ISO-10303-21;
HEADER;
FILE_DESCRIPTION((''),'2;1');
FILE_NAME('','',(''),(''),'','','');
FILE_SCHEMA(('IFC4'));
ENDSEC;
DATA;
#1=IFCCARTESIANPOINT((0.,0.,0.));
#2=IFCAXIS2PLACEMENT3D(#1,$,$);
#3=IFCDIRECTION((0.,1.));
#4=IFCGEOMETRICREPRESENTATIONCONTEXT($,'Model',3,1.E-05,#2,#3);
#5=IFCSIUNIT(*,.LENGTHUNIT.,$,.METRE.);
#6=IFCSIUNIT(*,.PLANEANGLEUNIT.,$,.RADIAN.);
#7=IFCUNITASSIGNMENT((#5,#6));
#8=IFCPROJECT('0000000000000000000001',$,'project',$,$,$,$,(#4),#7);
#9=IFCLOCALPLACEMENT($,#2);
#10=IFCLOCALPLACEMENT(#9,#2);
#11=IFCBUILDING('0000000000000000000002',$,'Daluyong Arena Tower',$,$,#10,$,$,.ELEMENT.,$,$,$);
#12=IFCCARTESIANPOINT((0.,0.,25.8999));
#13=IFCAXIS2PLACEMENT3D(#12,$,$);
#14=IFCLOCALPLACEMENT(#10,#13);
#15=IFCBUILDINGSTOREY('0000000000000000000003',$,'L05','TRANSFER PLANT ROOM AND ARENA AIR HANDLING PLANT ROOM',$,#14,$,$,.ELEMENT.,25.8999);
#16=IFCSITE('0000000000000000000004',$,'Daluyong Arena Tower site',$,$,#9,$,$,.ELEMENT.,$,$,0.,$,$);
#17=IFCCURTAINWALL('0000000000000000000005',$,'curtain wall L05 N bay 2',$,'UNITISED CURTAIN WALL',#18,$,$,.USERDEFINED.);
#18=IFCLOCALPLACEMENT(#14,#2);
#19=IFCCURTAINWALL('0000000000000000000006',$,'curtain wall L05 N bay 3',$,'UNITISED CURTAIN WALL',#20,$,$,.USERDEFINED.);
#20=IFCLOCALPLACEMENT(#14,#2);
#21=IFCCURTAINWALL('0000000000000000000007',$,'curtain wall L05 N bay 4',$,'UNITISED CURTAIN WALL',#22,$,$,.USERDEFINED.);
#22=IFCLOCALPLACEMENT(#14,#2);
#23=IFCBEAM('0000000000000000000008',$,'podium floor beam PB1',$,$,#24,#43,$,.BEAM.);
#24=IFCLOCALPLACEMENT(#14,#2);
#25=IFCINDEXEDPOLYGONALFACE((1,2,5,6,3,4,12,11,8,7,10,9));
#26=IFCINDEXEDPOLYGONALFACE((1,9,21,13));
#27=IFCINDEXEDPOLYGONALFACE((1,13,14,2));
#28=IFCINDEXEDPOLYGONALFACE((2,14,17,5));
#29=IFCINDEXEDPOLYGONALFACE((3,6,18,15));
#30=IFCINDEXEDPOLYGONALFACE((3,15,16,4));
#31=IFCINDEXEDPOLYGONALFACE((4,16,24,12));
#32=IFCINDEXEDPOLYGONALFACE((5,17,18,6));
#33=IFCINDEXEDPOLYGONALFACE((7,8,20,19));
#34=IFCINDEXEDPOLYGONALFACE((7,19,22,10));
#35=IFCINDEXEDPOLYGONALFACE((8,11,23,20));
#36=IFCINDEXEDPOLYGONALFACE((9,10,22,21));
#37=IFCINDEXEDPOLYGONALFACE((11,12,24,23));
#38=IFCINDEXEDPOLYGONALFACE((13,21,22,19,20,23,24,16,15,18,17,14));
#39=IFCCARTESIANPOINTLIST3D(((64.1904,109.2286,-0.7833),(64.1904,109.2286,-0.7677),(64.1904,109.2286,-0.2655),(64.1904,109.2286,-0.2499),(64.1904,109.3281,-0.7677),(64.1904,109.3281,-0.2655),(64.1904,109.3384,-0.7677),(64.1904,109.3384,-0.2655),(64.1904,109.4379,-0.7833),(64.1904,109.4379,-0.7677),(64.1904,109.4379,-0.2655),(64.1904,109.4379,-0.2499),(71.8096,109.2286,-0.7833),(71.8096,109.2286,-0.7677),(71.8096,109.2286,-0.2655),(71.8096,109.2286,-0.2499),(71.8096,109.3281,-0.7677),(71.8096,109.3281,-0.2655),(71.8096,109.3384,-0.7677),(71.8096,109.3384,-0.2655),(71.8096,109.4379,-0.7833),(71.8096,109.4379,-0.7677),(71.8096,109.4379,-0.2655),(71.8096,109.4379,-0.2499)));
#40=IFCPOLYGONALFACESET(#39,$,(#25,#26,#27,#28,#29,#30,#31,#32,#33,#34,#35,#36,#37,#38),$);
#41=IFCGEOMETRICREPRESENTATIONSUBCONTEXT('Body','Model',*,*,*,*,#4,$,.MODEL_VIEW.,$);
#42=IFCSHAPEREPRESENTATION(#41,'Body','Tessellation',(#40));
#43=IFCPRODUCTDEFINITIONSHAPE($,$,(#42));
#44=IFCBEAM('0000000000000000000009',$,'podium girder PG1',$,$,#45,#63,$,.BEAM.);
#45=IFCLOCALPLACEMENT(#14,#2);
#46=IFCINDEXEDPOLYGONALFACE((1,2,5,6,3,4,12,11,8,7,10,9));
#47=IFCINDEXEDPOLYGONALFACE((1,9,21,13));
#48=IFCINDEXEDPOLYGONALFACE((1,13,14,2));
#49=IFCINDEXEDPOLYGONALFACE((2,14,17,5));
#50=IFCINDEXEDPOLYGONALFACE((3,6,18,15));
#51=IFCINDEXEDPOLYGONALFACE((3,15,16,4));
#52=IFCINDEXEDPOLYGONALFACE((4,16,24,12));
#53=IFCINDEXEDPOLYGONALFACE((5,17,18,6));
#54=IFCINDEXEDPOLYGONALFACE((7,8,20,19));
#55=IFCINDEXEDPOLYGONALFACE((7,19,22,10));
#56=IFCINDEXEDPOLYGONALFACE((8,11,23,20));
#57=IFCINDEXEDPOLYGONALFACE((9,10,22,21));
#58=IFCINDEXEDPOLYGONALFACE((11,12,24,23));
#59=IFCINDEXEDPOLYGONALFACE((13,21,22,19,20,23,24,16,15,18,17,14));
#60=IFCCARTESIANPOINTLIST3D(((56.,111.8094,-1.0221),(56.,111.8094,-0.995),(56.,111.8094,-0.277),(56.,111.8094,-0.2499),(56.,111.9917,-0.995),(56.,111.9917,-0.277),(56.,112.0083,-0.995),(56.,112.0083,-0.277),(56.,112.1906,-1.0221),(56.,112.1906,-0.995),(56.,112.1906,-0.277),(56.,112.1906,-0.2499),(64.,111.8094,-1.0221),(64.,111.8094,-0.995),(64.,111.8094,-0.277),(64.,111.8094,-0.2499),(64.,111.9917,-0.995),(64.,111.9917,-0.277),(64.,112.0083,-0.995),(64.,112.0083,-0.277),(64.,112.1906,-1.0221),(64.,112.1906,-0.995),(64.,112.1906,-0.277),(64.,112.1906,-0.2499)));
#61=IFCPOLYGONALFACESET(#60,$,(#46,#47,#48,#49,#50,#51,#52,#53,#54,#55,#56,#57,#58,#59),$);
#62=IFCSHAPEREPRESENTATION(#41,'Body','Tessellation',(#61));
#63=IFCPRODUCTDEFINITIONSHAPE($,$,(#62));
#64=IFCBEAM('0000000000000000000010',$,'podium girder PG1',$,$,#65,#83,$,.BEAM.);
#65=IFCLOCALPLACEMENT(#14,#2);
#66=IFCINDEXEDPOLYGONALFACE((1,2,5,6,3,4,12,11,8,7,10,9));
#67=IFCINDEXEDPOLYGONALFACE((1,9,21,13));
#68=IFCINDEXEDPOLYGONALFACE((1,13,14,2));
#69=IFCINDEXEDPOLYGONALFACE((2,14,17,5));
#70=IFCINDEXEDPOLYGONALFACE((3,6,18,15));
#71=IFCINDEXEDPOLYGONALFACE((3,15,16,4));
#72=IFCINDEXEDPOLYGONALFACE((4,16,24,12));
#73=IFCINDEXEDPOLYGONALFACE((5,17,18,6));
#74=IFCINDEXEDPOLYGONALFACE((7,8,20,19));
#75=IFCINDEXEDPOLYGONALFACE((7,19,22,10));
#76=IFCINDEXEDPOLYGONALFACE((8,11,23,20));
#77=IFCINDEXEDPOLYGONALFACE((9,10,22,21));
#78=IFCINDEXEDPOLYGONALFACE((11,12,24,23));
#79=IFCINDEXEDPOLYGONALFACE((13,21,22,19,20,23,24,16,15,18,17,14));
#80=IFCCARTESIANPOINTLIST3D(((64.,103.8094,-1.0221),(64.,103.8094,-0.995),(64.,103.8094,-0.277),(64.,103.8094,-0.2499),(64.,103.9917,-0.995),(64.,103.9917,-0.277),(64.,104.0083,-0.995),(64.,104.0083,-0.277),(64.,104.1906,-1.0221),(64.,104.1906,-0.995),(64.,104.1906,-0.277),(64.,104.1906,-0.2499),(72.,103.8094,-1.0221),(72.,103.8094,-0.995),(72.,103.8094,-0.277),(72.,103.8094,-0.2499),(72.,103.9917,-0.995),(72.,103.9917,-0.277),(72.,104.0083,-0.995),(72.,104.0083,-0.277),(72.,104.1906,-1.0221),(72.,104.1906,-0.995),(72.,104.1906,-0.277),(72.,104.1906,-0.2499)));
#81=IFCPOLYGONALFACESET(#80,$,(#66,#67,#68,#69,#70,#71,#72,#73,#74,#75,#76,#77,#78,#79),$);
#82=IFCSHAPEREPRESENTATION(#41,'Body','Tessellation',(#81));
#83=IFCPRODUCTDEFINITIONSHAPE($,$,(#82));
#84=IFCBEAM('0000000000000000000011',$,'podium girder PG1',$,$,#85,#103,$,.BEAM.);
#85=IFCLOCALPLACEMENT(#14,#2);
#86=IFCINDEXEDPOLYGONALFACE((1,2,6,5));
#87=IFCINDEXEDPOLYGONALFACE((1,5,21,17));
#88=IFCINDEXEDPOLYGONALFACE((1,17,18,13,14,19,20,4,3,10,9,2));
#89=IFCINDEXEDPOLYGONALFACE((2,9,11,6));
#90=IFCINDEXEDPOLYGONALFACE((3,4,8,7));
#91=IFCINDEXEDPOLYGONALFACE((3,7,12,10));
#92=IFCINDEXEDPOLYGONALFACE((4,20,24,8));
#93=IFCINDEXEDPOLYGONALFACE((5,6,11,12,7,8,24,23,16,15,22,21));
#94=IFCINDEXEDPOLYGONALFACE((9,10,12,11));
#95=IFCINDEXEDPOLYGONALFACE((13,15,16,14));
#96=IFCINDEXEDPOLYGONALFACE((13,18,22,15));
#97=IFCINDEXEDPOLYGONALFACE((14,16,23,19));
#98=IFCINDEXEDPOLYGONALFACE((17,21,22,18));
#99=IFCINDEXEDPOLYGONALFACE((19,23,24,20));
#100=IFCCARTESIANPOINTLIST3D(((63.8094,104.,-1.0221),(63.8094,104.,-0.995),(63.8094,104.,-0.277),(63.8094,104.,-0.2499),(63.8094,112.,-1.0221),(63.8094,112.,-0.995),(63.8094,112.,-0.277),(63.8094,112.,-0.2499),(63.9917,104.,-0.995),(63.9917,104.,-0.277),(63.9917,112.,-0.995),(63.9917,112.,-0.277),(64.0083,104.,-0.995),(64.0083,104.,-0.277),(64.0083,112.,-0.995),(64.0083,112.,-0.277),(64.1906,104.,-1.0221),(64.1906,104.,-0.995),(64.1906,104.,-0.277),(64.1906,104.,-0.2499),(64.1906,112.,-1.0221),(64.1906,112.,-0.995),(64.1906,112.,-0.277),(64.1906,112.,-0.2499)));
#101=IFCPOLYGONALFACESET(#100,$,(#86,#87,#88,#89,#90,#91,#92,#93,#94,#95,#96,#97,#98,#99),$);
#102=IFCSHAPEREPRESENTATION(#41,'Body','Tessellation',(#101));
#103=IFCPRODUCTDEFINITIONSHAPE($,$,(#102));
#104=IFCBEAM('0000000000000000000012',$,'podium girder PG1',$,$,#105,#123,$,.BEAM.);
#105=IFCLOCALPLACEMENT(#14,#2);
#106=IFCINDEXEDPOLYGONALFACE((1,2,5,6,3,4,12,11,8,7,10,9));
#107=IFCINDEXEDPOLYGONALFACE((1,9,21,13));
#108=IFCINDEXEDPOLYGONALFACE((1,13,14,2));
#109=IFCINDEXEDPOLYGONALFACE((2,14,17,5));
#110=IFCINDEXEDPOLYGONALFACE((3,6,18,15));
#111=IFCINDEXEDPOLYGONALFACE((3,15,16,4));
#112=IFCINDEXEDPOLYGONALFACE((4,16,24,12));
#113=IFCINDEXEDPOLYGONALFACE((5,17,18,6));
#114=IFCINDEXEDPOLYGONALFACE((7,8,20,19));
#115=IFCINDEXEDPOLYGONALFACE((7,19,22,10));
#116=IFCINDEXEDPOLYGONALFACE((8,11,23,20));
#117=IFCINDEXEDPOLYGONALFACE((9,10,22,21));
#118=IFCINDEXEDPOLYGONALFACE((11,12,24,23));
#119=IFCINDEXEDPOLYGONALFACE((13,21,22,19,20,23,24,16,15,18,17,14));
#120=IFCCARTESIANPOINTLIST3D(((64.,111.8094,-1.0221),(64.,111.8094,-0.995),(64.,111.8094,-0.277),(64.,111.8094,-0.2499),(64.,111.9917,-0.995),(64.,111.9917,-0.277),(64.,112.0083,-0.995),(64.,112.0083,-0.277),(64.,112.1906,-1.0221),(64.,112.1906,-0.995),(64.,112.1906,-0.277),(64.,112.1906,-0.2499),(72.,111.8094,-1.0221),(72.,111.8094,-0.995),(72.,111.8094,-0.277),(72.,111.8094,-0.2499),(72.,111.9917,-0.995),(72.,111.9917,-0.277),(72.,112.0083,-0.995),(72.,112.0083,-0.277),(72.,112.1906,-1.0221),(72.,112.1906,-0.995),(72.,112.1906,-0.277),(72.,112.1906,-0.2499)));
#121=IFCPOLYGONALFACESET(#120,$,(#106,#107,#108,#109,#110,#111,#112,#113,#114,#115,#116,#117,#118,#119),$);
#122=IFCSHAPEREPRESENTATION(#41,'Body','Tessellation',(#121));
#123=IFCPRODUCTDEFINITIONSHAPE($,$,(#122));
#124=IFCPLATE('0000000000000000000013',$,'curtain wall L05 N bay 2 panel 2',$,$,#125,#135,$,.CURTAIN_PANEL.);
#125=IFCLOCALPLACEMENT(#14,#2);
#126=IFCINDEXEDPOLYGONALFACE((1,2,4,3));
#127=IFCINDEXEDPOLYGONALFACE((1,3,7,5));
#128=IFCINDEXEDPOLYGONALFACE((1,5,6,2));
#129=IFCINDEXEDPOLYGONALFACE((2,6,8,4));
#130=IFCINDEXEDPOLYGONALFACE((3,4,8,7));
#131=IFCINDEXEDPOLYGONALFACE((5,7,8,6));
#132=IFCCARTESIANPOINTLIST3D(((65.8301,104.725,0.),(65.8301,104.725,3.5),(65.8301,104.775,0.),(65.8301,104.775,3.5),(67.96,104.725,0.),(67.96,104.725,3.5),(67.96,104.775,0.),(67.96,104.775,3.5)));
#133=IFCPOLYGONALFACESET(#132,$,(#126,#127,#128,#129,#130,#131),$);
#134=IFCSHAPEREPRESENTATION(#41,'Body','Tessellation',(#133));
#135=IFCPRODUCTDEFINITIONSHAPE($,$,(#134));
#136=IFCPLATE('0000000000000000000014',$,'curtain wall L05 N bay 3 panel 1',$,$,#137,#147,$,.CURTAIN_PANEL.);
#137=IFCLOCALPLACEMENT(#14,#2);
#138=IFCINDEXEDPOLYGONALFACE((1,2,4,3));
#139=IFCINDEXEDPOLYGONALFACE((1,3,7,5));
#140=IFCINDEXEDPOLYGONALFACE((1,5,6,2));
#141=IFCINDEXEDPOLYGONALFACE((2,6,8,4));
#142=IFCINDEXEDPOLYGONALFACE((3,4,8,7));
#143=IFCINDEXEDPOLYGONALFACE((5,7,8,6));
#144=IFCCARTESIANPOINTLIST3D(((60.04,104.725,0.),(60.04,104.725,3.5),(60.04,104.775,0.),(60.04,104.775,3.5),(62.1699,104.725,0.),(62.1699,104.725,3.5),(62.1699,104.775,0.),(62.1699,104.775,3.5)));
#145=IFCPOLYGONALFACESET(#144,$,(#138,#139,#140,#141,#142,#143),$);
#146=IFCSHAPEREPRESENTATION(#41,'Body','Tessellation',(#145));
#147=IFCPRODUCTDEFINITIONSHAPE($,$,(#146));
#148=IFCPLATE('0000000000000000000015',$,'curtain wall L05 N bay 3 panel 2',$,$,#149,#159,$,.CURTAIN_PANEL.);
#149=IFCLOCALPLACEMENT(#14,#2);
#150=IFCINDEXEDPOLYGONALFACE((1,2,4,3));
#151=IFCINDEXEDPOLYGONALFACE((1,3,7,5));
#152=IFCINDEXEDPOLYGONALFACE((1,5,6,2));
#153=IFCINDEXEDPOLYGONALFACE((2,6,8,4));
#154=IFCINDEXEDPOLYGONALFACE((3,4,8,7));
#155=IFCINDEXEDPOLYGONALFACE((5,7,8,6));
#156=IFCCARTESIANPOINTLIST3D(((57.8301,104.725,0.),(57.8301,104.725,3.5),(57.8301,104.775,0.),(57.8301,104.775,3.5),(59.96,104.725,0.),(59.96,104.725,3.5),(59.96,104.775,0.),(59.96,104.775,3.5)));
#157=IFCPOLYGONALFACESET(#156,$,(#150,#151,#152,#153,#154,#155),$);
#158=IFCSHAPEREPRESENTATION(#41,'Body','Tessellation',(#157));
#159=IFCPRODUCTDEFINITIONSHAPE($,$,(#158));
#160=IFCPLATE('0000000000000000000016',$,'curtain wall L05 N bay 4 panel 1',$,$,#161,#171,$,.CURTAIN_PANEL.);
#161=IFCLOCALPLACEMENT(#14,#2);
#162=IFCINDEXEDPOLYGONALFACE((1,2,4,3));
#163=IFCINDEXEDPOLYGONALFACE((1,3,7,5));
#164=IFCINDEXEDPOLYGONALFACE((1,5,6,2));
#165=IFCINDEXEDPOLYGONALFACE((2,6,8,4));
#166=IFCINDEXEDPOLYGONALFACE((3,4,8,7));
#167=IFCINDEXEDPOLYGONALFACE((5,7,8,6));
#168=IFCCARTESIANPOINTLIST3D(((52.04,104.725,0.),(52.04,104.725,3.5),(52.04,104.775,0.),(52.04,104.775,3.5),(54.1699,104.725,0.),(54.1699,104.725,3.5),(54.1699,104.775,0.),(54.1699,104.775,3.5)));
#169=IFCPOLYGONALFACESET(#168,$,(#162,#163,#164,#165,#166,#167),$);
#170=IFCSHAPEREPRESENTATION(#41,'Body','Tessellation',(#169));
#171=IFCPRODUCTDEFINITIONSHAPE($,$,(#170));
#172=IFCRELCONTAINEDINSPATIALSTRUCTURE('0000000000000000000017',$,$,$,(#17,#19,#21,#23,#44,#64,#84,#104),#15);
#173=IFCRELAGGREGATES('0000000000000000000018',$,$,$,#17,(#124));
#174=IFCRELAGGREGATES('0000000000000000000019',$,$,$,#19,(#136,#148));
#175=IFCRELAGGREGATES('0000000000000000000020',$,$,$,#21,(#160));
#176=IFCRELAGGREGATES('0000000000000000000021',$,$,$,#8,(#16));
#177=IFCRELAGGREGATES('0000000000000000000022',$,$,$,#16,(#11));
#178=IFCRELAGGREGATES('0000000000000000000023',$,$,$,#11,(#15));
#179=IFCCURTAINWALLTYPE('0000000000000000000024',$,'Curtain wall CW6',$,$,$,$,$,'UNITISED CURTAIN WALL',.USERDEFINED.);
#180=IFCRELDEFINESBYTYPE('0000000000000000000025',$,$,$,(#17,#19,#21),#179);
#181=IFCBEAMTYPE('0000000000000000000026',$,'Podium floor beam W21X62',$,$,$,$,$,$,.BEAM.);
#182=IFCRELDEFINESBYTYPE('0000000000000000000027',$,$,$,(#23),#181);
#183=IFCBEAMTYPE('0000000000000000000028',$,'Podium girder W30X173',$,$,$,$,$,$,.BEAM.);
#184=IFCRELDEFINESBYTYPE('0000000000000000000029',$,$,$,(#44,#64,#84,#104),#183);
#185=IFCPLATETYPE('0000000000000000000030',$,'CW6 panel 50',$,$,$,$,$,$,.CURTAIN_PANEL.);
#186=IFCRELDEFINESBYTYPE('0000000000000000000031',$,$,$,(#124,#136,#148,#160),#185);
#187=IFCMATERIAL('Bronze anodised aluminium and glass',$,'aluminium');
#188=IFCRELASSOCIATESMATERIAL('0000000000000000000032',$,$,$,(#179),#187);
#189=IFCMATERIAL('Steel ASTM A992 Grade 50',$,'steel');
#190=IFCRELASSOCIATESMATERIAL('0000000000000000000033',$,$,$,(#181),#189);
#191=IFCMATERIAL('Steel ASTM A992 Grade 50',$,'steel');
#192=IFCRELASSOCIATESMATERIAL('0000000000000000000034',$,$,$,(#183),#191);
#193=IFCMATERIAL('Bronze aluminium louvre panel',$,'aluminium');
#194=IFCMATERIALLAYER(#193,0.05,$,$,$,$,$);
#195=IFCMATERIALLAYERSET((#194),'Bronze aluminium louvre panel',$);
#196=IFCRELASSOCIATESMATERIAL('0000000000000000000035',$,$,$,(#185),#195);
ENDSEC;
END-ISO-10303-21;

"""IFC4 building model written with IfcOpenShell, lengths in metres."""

from ifc_helpers import new_model, si_unit, direction, frame, origin, origin_2d, place, context, subcontext, project, spatial, rectangle, i_section, extrude, material, layer, layer_set, material_profile, profile_set, type_object, element, aggregate, save


model = new_model("IFC4")

# Units and contexts
model_context = context("Model", 3, precision=1e-05, world=origin(), true_north=direction((0.0, 1.0)))
body_context = subcontext(model_context, "Body", "Model", "MODEL_VIEW")
ifc_project = project(units=[si_unit("LENGTHUNIT", "METRE"), si_unit("PLANEANGLEUNIT", "RADIAN")], contexts=[model_context])

# Site, building, storey
site_placement = place(None, origin())
site = spatial("IfcSite", under=ifc_project, at=site_placement, Name="Daluyong Arena Tower site", CompositionType="ELEMENT", RefElevation=0.0)
building_placement = place(site_placement, origin())
building = spatial("IfcBuilding", under=site, at=building_placement, Name="Daluyong Arena Tower", CompositionType="ELEMENT")
storey_placement = place(building_placement, frame((0.0, 0.0, 25.8999)))
storey = spatial("IfcBuildingStorey", under=building, at=storey_placement, Name="L05", Description="TRANSFER PLANT ROOM AND ARENA AIR HANDLING PLANT ROOM", CompositionType="ELEMENT", Elevation=25.8999)

# Curtain wall
ifc_material_1 = material(Name="Bronze anodised aluminium and glass", Category="aluminium")
curtain_wall_type = type_object("IfcCurtainWallType", Name="Curtain wall CW6", ElementType="UNITISED CURTAIN WALL", PredefinedType="USERDEFINED", material=ifc_material_1)
curtain_wall_1_placement = place(storey_placement, origin())
curtain_wall_1 = element("IfcCurtainWall", 1, at=curtain_wall_1_placement, inside=storey, type_object=curtain_wall_type, Name="curtain wall L05 N bay 2", ObjectType="UNITISED CURTAIN WALL", PredefinedType="USERDEFINED")

# Curtain wall
curtain_wall_2_placement = place(storey_placement, origin())
curtain_wall_2 = element("IfcCurtainWall", 2, at=curtain_wall_2_placement, inside=storey, type_object=curtain_wall_type, Name="curtain wall L05 N bay 3", ObjectType="UNITISED CURTAIN WALL", PredefinedType="USERDEFINED")

# Curtain wall
curtain_wall_3_placement = place(storey_placement, origin())
curtain_wall_3 = element("IfcCurtainWall", 3, at=curtain_wall_3_placement, inside=storey, type_object=curtain_wall_type, Name="curtain wall L05 N bay 4", ObjectType="UNITISED CURTAIN WALL", PredefinedType="USERDEFINED")

# Beams
ifc_material_2 = material(Name="Steel ASTM A992 Grade 50", Category="steel")
ifc_material_profile_1 = material_profile(ifc_material_2, i_section(OverallWidth=0.2092, OverallDepth=0.5334, WebThickness=0.0103, FlangeThickness=0.0156, at=origin_2d()))
ifc_profile_set_1 = profile_set([ifc_material_profile_1], Name="Steel ASTM A992 Grade 50")
beam_type_1 = type_object("IfcBeamType", Name="Podium floor beam W21X62", PredefinedType="BEAM", material=ifc_profile_set_1)
for number, where, z_axis, x_axis, name in (
    (4, (64.1904, 109.3333, -0.5166), (1.0, 0.0, 0.0), (0.0, 1.0, 0.0), "podium floor beam PB1"),
):
    element("IfcBeam", number, at=place(storey_placement, frame(where, z_axis=z_axis, x_axis=x_axis)), inside=storey, type_object=beam_type_1, Name=name, PredefinedType="BEAM", context=body_context, shape_type="SweptSolid", body=[
        extrude(i_section(OverallWidth=0.2092, OverallDepth=0.5334, WebThickness=0.0103, FlangeThickness=0.0156, at=origin_2d()), origin(), (0.0, 0.0, 1.0), 7.6191),
    ])
ifc_material_3 = material(Name="Steel ASTM A992 Grade 50", Category="steel")
ifc_material_profile_2 = material_profile(ifc_material_3, i_section(OverallWidth=0.3811, OverallDepth=0.7722, WebThickness=0.0166, FlangeThickness=0.0271, at=origin_2d()))
ifc_profile_set_2 = profile_set([ifc_material_profile_2], Name="Steel ASTM A992 Grade 50")
beam_type_2 = type_object("IfcBeamType", Name="Podium girder W30X173", PredefinedType="BEAM", material=ifc_profile_set_2)
for number, where, z_axis, x_axis, name in (
    (5, (56.0, 112.0, -0.636), (1.0, 0.0, 0.0), (0.0, 1.0, 0.0), "podium girder PG1"),
    (6, (64.0, 104.0, -0.636), (1.0, 0.0, 0.0), (0.0, 1.0, 0.0), "podium girder PG1"),
    (7, (64.0, 104.0, -0.636), (0.0, 1.0, 0.0), (-1.0, 0.0, 0.0), "podium girder PG1"),
    (8, (64.0, 112.0, -0.636), (1.0, 0.0, 0.0), (0.0, 1.0, 0.0), "podium girder PG1"),
):
    element("IfcBeam", number, at=place(storey_placement, frame(where, z_axis=z_axis, x_axis=x_axis)), inside=storey, type_object=beam_type_2, Name=name, PredefinedType="BEAM", context=body_context, shape_type="SweptSolid", body=[
        extrude(i_section(OverallWidth=0.3811, OverallDepth=0.7722, WebThickness=0.0166, FlangeThickness=0.0271, at=origin_2d()), origin(), (0.0, 0.0, 1.0), 8.0),
    ])

# Plates
ifc_material_4 = material(Name="Bronze aluminium louvre panel", Category="aluminium")
ifc_layer = layer(ifc_material_4, 0.05)
ifc_layer_set = layer_set([ifc_layer], Name="Bronze aluminium louvre panel")
plate_type = type_object("IfcPlateType", Name="CW6 panel 50", PredefinedType="CURTAIN_PANEL", material=ifc_layer_set)
plate_1_placement = place(storey_placement, frame((66.895, 104.75, 0.0), z_axis=(0.0, 0.0, 1.0), x_axis=(-1.0, 0.0, 0.0)))
plate_1 = element("IfcPlate", 9, at=plate_1_placement, type_object=plate_type, Name="curtain wall L05 N bay 2 panel 2", PredefinedType="CURTAIN_PANEL", context=body_context, shape_type="SweptSolid", body=[
    extrude(rectangle(XDim=2.1299, YDim=0.05, at=origin_2d()), origin(), (0.0, 0.0, 1.0), 3.5),
])
aggregate(curtain_wall_1, [plate_1])
plate_2_placement = place(storey_placement, frame((61.105, 104.75, 0.0), z_axis=(0.0, 0.0, 1.0), x_axis=(-1.0, 0.0, 0.0)))
plate_2 = element("IfcPlate", 10, at=plate_2_placement, type_object=plate_type, Name="curtain wall L05 N bay 3 panel 1", PredefinedType="CURTAIN_PANEL", context=body_context, shape_type="SweptSolid", body=[
    extrude(rectangle(XDim=2.1299, YDim=0.05, at=origin_2d()), origin(), (0.0, 0.0, 1.0), 3.5),
])
plate_3_placement = place(storey_placement, frame((58.895, 104.75, 0.0), z_axis=(0.0, 0.0, 1.0), x_axis=(-1.0, 0.0, 0.0)))
plate_3 = element("IfcPlate", 11, at=plate_3_placement, type_object=plate_type, Name="curtain wall L05 N bay 3 panel 2", PredefinedType="CURTAIN_PANEL", context=body_context, shape_type="SweptSolid", body=[
    extrude(rectangle(XDim=2.1299, YDim=0.05, at=origin_2d()), origin(), (0.0, 0.0, 1.0), 3.5),
])
aggregate(curtain_wall_2, [plate_2, plate_3])
plate_4_placement = place(storey_placement, frame((53.105, 104.75, 0.0), z_axis=(0.0, 0.0, 1.0), x_axis=(-1.0, 0.0, 0.0)))
plate_4 = element("IfcPlate", 12, at=plate_4_placement, type_object=plate_type, Name="curtain wall L05 N bay 4 panel 1", PredefinedType="CURTAIN_PANEL", context=body_context, shape_type="SweptSolid", body=[
    extrude(rectangle(XDim=2.1299, YDim=0.05, at=origin_2d()), origin(), (0.0, 0.0, 1.0), 3.5),
])
aggregate(curtain_wall_3, [plate_4])

save(model, "model.ifc")
